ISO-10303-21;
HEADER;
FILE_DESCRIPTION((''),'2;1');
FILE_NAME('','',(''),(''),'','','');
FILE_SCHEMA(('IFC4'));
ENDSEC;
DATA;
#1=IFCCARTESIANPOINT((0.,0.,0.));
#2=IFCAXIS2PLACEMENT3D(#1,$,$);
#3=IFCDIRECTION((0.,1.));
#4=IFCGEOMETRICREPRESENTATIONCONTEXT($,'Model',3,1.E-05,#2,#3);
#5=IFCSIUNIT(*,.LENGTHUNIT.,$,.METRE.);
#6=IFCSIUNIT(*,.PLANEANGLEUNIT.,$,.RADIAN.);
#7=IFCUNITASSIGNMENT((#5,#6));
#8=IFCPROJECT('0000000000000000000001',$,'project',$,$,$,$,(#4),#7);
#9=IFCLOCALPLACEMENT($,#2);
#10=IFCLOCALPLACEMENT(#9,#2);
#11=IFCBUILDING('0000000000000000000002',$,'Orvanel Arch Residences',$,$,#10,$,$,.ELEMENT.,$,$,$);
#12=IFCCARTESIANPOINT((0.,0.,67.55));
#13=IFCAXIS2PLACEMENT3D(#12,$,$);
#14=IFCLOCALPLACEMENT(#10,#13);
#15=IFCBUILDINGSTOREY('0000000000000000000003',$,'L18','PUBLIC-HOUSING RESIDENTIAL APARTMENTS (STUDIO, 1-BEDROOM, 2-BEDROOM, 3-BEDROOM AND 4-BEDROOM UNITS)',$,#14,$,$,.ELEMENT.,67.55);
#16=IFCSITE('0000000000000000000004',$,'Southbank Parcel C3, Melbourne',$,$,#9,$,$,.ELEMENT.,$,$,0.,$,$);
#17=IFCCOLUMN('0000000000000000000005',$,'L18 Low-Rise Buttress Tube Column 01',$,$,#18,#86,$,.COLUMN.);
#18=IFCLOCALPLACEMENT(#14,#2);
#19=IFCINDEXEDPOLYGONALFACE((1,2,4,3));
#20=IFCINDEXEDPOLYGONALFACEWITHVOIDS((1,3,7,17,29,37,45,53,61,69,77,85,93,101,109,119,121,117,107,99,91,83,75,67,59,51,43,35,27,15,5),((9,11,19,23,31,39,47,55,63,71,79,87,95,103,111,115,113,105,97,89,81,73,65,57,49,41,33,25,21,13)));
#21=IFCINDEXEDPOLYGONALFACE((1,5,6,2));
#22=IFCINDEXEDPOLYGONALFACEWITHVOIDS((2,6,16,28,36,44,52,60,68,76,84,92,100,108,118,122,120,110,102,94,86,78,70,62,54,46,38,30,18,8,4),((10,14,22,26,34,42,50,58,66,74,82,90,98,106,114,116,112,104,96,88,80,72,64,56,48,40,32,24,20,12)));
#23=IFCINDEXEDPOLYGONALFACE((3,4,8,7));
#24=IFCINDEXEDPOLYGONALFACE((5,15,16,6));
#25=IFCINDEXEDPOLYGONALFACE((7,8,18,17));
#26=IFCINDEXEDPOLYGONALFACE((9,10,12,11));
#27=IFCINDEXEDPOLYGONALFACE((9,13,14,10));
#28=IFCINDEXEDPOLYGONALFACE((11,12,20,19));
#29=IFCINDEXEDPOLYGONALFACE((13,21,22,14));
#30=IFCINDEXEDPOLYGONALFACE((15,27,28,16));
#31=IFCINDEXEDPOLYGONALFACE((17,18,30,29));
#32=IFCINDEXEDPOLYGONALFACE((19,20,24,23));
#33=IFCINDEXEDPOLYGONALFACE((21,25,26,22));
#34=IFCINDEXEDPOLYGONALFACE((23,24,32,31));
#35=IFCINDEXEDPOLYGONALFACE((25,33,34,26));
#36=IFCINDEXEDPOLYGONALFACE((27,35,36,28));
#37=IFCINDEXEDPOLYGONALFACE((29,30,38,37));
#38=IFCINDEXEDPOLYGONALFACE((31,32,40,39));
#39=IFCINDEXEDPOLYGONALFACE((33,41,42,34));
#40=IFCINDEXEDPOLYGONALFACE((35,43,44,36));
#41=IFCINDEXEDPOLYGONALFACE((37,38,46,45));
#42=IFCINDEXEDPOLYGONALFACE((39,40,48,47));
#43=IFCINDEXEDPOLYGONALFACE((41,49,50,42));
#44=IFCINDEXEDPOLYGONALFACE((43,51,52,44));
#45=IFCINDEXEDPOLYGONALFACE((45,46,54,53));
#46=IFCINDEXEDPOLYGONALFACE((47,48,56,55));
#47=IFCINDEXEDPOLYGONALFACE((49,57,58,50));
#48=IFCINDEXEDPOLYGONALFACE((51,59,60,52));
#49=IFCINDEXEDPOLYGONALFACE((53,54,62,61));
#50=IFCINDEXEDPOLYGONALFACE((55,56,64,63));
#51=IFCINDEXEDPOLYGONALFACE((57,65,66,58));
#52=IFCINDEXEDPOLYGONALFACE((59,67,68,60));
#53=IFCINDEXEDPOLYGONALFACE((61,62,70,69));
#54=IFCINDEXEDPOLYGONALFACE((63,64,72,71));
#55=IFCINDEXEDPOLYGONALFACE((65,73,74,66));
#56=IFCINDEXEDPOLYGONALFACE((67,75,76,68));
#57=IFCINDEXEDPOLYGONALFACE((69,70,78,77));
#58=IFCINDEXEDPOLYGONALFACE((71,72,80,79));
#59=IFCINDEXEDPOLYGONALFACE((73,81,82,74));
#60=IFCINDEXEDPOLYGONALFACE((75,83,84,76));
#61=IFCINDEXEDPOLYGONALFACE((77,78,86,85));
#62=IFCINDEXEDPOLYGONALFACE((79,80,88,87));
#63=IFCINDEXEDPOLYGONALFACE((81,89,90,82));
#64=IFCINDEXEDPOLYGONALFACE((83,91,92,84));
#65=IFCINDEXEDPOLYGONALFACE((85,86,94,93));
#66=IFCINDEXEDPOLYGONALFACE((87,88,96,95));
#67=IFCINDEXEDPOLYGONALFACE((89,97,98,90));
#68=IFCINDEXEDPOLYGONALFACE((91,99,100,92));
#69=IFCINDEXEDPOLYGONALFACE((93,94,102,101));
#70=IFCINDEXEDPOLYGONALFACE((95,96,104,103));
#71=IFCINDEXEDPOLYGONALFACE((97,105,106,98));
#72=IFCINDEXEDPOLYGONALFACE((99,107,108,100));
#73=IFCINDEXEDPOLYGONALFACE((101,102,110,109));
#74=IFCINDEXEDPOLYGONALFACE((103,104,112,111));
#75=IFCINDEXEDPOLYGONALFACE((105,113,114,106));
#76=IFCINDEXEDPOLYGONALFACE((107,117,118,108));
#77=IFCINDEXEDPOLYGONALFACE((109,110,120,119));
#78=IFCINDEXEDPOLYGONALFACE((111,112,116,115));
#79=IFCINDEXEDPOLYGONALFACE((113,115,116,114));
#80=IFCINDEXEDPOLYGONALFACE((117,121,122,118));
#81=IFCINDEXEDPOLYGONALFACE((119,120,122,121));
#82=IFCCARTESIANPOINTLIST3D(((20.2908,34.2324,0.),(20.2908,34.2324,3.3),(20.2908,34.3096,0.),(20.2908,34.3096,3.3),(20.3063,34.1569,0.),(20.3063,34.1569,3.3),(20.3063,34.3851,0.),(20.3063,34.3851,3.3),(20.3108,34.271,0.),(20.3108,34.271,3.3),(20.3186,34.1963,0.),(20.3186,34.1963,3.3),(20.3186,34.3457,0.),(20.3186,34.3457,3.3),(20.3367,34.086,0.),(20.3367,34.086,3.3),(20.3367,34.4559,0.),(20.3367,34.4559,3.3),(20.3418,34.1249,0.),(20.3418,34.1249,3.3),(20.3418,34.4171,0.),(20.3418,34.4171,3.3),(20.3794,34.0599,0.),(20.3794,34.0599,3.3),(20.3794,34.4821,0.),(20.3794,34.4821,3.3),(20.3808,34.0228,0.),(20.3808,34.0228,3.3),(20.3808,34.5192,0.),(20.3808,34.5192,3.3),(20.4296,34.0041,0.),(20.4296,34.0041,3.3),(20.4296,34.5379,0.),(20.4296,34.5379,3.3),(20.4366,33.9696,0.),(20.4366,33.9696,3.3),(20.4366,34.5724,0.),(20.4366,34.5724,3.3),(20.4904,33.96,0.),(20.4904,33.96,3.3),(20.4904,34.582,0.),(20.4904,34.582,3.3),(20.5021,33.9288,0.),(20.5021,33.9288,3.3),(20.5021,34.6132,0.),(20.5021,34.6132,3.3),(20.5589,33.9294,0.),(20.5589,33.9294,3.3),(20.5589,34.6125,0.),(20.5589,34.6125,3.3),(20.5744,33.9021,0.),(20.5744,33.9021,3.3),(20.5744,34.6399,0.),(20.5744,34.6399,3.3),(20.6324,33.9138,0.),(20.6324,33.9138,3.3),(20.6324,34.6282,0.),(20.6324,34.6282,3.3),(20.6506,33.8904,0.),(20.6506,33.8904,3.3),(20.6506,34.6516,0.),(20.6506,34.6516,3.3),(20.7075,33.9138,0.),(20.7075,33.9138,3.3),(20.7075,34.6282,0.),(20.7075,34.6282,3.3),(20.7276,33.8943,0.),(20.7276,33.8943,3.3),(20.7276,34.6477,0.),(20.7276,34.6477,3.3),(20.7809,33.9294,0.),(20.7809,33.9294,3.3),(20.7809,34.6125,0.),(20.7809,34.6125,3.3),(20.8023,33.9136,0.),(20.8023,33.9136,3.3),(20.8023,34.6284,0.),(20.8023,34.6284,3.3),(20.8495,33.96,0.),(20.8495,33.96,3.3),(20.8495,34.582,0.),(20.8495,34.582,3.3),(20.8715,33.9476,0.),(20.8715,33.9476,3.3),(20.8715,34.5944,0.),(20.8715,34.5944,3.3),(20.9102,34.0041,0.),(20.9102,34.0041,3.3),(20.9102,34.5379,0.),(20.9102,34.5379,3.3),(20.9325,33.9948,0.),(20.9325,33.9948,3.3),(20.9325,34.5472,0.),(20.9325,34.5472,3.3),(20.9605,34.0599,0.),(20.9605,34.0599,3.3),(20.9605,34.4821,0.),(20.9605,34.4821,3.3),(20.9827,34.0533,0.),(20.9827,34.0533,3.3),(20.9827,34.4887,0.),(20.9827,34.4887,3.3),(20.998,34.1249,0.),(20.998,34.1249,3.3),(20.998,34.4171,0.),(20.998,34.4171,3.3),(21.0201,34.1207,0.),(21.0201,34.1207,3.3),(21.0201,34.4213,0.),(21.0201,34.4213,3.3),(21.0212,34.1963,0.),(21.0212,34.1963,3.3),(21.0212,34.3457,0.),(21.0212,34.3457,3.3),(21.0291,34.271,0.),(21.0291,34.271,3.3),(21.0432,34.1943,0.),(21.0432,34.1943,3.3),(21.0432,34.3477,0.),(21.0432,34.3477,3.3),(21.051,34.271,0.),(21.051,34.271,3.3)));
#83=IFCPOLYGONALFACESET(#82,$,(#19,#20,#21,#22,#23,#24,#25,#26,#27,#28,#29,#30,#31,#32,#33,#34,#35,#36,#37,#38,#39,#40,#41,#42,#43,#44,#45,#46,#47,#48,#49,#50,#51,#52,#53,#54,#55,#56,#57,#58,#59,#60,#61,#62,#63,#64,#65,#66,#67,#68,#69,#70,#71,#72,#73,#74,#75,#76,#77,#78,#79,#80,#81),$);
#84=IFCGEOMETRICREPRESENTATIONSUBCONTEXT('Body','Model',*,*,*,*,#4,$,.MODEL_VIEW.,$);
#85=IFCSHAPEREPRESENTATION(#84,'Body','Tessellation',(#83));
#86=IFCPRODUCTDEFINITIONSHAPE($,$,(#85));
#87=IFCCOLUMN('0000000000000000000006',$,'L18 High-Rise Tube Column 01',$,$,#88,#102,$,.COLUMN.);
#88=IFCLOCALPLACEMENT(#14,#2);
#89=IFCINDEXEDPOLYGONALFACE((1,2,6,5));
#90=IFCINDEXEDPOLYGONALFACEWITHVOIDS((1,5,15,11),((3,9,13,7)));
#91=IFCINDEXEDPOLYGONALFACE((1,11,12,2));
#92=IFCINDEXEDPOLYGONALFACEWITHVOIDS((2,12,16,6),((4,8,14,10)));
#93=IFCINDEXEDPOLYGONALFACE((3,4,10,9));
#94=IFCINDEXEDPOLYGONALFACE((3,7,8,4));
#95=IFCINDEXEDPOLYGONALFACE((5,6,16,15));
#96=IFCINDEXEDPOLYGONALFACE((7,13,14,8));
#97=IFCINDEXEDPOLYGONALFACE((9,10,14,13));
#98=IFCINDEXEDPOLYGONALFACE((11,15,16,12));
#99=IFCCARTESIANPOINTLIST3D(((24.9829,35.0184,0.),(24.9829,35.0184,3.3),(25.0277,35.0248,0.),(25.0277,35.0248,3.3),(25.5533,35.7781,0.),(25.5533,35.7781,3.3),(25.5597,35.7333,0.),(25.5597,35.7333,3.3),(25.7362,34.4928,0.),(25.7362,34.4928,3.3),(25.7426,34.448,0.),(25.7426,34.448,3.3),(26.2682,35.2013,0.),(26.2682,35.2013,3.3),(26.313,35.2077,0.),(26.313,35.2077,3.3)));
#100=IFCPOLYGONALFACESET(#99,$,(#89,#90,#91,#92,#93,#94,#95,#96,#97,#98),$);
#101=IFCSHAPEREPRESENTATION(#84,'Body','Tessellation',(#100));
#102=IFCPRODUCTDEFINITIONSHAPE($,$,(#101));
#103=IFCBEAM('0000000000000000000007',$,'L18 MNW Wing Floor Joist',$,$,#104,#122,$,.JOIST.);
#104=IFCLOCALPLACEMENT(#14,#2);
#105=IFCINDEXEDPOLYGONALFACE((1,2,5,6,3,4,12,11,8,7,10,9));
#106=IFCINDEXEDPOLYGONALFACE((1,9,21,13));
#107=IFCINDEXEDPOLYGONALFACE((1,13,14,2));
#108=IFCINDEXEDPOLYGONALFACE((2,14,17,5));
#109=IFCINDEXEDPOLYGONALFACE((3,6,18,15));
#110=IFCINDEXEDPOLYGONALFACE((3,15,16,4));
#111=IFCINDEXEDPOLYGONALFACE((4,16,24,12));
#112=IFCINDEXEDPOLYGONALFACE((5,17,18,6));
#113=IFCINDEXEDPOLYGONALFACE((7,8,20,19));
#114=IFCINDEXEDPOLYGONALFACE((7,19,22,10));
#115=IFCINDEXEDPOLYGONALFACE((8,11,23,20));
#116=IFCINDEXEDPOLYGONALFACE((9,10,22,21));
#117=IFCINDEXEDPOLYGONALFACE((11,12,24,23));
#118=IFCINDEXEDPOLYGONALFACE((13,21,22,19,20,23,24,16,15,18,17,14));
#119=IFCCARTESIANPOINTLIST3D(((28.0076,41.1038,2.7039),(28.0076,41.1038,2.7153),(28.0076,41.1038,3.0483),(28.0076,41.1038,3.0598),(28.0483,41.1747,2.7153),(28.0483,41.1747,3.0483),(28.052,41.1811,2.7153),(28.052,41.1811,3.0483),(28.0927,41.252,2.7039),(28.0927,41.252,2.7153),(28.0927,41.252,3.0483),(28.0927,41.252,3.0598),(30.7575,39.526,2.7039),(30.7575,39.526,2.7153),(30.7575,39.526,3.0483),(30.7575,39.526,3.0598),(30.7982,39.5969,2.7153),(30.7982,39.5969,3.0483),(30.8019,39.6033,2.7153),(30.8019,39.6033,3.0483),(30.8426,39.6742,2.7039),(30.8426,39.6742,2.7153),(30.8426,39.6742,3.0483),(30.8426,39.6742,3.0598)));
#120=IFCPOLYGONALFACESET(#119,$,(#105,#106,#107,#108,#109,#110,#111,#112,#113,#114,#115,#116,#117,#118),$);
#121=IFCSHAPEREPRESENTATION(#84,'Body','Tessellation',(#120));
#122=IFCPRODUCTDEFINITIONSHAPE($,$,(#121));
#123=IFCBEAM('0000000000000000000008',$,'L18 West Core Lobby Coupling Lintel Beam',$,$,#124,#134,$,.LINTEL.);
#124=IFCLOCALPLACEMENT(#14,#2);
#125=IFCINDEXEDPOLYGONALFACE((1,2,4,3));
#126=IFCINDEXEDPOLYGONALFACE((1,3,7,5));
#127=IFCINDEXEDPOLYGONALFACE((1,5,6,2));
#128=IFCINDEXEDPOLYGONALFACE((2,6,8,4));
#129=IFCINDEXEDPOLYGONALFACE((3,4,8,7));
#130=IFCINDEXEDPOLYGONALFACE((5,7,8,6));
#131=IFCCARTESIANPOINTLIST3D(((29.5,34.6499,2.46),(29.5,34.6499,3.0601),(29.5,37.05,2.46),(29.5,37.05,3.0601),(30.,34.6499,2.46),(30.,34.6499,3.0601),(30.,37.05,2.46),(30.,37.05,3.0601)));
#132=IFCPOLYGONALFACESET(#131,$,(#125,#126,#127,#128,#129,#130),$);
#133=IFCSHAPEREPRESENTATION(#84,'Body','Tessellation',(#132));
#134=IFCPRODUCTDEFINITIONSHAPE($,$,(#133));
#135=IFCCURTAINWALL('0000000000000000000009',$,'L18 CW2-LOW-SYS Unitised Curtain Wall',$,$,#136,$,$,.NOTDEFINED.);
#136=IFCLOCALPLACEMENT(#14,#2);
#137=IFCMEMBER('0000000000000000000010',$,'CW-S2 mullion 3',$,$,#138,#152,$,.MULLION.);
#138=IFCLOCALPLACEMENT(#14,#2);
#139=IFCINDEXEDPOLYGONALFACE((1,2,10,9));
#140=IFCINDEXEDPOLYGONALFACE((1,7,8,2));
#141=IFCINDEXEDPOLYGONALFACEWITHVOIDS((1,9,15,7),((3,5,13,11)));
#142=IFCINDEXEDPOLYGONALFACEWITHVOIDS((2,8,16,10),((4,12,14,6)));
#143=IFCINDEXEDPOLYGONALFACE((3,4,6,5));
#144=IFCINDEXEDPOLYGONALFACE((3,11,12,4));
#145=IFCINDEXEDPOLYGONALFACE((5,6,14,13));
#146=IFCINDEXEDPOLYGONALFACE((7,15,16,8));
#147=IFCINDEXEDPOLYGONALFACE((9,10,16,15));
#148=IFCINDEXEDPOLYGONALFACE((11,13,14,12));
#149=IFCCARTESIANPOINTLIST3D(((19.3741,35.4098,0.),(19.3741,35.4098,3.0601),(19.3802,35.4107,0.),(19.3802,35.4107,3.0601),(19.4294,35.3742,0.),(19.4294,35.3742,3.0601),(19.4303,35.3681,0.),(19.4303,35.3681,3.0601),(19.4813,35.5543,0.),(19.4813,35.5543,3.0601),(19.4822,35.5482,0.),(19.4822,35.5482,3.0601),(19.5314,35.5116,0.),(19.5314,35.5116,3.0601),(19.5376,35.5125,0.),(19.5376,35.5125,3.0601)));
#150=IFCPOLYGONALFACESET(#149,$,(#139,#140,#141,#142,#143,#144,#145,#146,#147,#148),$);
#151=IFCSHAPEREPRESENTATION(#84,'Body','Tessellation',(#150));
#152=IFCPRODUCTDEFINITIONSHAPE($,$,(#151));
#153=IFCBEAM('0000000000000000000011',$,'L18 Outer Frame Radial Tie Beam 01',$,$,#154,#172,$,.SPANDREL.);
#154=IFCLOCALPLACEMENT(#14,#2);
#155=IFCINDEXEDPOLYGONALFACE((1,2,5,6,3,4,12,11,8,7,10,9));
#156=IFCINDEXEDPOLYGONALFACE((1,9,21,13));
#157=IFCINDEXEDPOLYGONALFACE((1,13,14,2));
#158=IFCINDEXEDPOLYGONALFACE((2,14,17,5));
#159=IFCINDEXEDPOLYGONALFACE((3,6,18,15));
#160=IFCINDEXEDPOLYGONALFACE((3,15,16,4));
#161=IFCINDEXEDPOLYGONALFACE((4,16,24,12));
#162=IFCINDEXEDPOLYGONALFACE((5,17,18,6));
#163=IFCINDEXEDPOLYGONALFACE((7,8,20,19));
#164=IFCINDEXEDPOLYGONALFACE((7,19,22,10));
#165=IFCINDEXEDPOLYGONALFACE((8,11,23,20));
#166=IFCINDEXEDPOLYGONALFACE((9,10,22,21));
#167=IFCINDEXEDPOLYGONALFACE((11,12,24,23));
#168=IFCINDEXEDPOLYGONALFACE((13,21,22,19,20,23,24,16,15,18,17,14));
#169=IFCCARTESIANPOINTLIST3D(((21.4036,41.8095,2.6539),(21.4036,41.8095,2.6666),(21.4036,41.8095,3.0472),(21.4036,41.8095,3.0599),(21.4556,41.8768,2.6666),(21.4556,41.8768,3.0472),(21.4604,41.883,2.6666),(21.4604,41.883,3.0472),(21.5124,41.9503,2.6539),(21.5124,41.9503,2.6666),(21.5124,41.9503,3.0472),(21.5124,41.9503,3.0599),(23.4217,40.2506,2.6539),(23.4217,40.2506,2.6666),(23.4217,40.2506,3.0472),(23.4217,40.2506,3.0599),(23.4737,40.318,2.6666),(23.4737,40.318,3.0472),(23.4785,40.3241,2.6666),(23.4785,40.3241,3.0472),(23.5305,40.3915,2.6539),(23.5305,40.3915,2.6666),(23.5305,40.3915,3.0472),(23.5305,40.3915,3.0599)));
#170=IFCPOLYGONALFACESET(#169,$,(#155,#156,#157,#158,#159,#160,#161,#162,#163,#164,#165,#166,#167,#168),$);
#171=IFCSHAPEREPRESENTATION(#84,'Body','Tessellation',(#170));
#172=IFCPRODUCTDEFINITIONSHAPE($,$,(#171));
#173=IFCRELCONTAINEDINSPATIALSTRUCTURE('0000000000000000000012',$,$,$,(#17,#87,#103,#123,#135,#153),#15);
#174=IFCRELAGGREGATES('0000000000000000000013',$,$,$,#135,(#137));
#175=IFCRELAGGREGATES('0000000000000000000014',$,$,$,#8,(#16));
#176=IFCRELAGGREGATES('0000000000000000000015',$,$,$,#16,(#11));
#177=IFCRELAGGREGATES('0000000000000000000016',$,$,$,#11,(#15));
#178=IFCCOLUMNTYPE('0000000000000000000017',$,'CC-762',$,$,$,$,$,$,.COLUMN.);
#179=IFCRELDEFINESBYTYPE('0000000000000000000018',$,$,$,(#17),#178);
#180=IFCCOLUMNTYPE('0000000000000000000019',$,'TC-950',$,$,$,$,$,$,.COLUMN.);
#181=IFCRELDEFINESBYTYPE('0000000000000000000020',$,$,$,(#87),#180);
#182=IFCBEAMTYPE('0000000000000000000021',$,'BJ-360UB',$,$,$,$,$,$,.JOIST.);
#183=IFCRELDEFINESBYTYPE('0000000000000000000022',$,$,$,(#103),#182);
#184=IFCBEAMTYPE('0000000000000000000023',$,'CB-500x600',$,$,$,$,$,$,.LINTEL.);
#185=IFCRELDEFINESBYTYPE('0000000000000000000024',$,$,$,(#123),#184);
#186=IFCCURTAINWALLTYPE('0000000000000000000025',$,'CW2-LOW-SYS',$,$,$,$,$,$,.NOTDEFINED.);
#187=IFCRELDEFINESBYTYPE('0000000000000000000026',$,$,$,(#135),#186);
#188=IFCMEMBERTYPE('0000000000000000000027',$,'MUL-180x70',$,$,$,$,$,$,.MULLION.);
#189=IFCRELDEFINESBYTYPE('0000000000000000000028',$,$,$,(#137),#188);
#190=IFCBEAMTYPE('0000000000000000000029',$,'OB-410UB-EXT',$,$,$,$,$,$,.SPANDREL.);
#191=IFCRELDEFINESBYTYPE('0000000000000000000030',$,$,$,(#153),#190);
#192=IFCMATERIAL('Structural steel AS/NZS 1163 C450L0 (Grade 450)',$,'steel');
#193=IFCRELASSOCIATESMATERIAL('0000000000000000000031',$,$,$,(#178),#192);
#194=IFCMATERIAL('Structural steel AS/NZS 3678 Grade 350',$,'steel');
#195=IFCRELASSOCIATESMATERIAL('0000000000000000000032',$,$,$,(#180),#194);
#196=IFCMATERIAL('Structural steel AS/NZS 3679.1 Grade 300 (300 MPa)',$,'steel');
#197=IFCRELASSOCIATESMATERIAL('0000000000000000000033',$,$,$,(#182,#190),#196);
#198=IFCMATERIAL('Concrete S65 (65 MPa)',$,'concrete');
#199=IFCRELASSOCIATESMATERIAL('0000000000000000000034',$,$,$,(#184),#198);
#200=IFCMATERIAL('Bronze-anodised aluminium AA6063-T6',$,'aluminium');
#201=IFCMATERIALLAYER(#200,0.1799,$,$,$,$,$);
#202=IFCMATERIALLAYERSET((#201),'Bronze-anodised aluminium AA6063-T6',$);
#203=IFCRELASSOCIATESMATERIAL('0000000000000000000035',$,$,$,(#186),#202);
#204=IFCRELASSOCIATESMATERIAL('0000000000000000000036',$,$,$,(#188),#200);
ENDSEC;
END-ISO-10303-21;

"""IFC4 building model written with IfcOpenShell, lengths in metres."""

from ifc_helpers import new_model, si_unit, direction, frame, origin, origin_2d, place, context, subcontext, project, spatial, rectangle, hollow_rectangle, hollow_circle, i_section, extrude, material, layer, layer_set, material_profile, profile_set, type_object, element, aggregate, save


model = new_model("IFC4")

# Units and contexts
model_context = context("Model", 3, precision=1e-05, world=origin(), true_north=direction((0.0, 1.0)))
body_context = subcontext(model_context, "Body", "Model", "MODEL_VIEW")
ifc_project = project(units=[si_unit("LENGTHUNIT", "METRE"), si_unit("PLANEANGLEUNIT", "RADIAN")], contexts=[model_context])

# Site, building, storey
site_placement = place(None, origin())
site = spatial("IfcSite", under=ifc_project, at=site_placement, Name="Southbank Parcel C3, Melbourne", CompositionType="ELEMENT", RefElevation=0.0)
building_placement = place(site_placement, origin())
building = spatial("IfcBuilding", under=site, at=building_placement, Name="Orvanel Arch Residences", CompositionType="ELEMENT")
storey_placement = place(building_placement, frame((0.0, 0.0, 67.55)))
storey = spatial("IfcBuildingStorey", under=building, at=storey_placement, Name="L18", Description="PUBLIC-HOUSING RESIDENTIAL APARTMENTS (STUDIO, 1-BEDROOM, 2-BEDROOM, 3-BEDROOM AND 4-BEDROOM UNITS)", CompositionType="ELEMENT", Elevation=67.55)

# Columns
ifc_material_1 = material(Name="Structural steel AS/NZS 1163 C450L0 (Grade 450)", Category="steel")
ifc_material_profile_1 = material_profile(ifc_material_1, hollow_circle(Radius=0.3811, WallThickness=0.022, at=origin_2d()), Name="CHS762x22")
ifc_profile_set_1 = profile_set([ifc_material_profile_1], Name="Structural steel AS/NZS 1163 C450L0 (Grade 450)")
column_type_1 = type_object("IfcColumnType", Name="CC-762", PredefinedType="COLUMN", material=ifc_profile_set_1)
column_1_placement = place(storey_placement, frame((20.6699, 34.271, 0.0), z_axis=(0.0, 0.0, 1.0), x_axis=(1.0, 0.0, 0.0)))
element("IfcColumn", 1, at=column_1_placement, inside=storey, type_object=column_type_1, Name="L18 Low-Rise Buttress Tube Column 01", PredefinedType="COLUMN", context=body_context, shape_type="SweptSolid", body=[
    extrude(hollow_circle(Radius=0.3811, WallThickness=0.022, at=origin_2d()), origin(), (0.0, 0.0, 1.0), 3.3),
])
ifc_material_2 = material(Name="Structural steel AS/NZS 3678 Grade 350", Category="steel")
ifc_material_profile_2 = material_profile(ifc_material_2, hollow_rectangle(XDim=0.95, YDim=0.95, WallThickness=0.032, at=origin_2d()), Name="BOX950x950x32")
ifc_profile_set_2 = profile_set([ifc_material_profile_2], Name="Structural steel AS/NZS 3678 Grade 350")
column_type_2 = type_object("IfcColumnType", Name="TC-950", PredefinedType="COLUMN", material=ifc_profile_set_2)
column_2_placement = place(storey_placement, frame((25.6479, 35.113, 0.0), z_axis=(0.0, 0.0, 1.0), x_axis=(0.60042, 0.799685, 0.0)))
element("IfcColumn", 2, at=column_2_placement, inside=storey, type_object=column_type_2, Name="L18 High-Rise Tube Column 01", PredefinedType="COLUMN", context=body_context, shape_type="SweptSolid", body=[
    extrude(hollow_rectangle(XDim=0.95, YDim=0.95, WallThickness=0.032, at=origin_2d()), origin(), (0.0, 0.0, 1.0), 3.3),
])

# Beams
ifc_material_3 = material(Name="Structural steel AS/NZS 3679.1 Grade 300 (300 MPa)", Category="steel")
ifc_material_profile_3 = material_profile(ifc_material_3, i_section(OverallWidth=0.1709, OverallDepth=0.356, WebThickness=0.0073, FlangeThickness=0.0115, at=origin_2d()), Name="360UB50.7")
ifc_profile_set_3 = profile_set([ifc_material_profile_3], Name="Structural steel AS/NZS 3679.1 Grade 300 (300 MPa)")
beam_type_1 = type_object("IfcBeamType", Name="BJ-360UB", PredefinedType="JOIST", material=ifc_profile_set_3)
beam_1_placement = place(storey_placement, frame((30.8, 39.6001, 2.8818), z_axis=(-0.867365, 0.497672, 0.0), x_axis=(-0.497672, -0.867365, 0.0)))
element("IfcBeam", 3, at=beam_1_placement, inside=storey, type_object=beam_type_1, Name="L18 MNW Wing Floor Joist", PredefinedType="JOIST", context=body_context, shape_type="SweptSolid", body=[
    extrude(i_section(OverallWidth=0.1709, OverallDepth=0.356, WebThickness=0.0073, FlangeThickness=0.0115, at=origin_2d()), origin(), (0.0, 0.0, 1.0), 3.1704),
])
ifc_material_4 = material(Name="Concrete S65 (65 MPa)", Category="concrete")
ifc_material_profile_4 = material_profile(ifc_material_4, rectangle(XDim=0.5, YDim=0.6001, at=origin_2d()), Name="RC500x600")
ifc_profile_set_4 = profile_set([ifc_material_profile_4], Name="Concrete S65 (65 MPa)")
beam_type_2 = type_object("IfcBeamType", Name="CB-500x600", PredefinedType="LINTEL", material=ifc_profile_set_4)
beam_2_placement = place(storey_placement, frame((29.75, 34.6499, 2.76), z_axis=(0.0, 1.0, 0.0), x_axis=(-1.0, 0.0, 0.0)))
element("IfcBeam", 4, at=beam_2_placement, inside=storey, type_object=beam_type_2, Name="L18 West Core Lobby Coupling Lintel Beam", PredefinedType="LINTEL", context=body_context, shape_type="SweptSolid", body=[
    extrude(rectangle(XDim=0.5, YDim=0.6001, at=origin_2d()), origin(), (0.0, 0.0, 1.0), 2.4001),
])

# Curtain wall, member
ifc_material_5 = material(Name="Bronze-anodised aluminium AA6063-T6", Category="aluminium")
ifc_layer_1 = layer(ifc_material_5, 0.1799)
ifc_layer_set_1 = layer_set([ifc_layer_1], Name="Bronze-anodised aluminium AA6063-T6")
curtain_wall_type = type_object("IfcCurtainWallType", Name="CW2-LOW-SYS", PredefinedType="NOTDEFINED", material=ifc_layer_set_1)
curtain_wall_placement = place(storey_placement, origin())
curtain_wall = element("IfcCurtainWall", 5, at=curtain_wall_placement, inside=storey, type_object=curtain_wall_type, Name="L18 CW2-LOW-SYS Unitised Curtain Wall", PredefinedType="NOTDEFINED")
ifc_material_profile_5 = material_profile(ifc_material_5, hollow_rectangle(XDim=0.0701, YDim=0.1799, WallThickness=0.0044, at=origin_2d()), Name="ALU180x70x4.5")
ifc_profile_set_5 = profile_set([ifc_material_profile_5], Name="Bronze-anodised aluminium AA6063-T6")
member_type_1 = type_object("IfcMemberType", Name="MUL-180x70", PredefinedType="MULLION", material=ifc_profile_set_5)
member_1_placement = place(storey_placement, frame((19.4558, 35.4612, 0.0), z_axis=(0.0, 0.0, 1.0), x_axis=(0.802984, -0.596001, 0.0)))
member_1 = element("IfcMember", 6, at=member_1_placement, type_object=member_type_1, Name="CW-S2 mullion 3", PredefinedType="MULLION", context=body_context, shape_type="SweptSolid", body=[
    extrude(hollow_rectangle(XDim=0.0701, YDim=0.1799, WallThickness=0.0044, at=origin_2d()), origin(), (0.0, 0.0, 1.0), 3.0601),
])

# Beam
ifc_material_profile_6 = material_profile(ifc_material_3, i_section(OverallWidth=0.178, OverallDepth=0.406, WebThickness=0.0078, FlangeThickness=0.0127, at=origin_2d()), Name="410UB59.7")
ifc_profile_set_6 = profile_set([ifc_material_profile_6], Name="Structural steel AS/NZS 3679.1 Grade 300 (300 MPa)")
beam_type_3 = type_object("IfcBeamType", Name="OB-410UB-EXT", PredefinedType="SPANDREL", material=ifc_profile_set_6)
beam_3_placement = place(storey_placement, frame((23.4761, 40.321, 2.8569), z_axis=(-0.791394, 0.611306, 0.0), x_axis=(-0.611306, -0.791394, 0.0)))
element("IfcBeam", 7, at=beam_3_placement, inside=storey, type_object=beam_type_3, Name="L18 Outer Frame Radial Tie Beam 01", PredefinedType="SPANDREL", context=body_context, shape_type="SweptSolid", body=[
    extrude(i_section(OverallWidth=0.178, OverallDepth=0.406, WebThickness=0.0078, FlangeThickness=0.0127, at=origin_2d()), origin(), (0.0, 0.0, 1.0), 2.55),
])

aggregate(curtain_wall, [member_1])

save(model, "model.ifc")
